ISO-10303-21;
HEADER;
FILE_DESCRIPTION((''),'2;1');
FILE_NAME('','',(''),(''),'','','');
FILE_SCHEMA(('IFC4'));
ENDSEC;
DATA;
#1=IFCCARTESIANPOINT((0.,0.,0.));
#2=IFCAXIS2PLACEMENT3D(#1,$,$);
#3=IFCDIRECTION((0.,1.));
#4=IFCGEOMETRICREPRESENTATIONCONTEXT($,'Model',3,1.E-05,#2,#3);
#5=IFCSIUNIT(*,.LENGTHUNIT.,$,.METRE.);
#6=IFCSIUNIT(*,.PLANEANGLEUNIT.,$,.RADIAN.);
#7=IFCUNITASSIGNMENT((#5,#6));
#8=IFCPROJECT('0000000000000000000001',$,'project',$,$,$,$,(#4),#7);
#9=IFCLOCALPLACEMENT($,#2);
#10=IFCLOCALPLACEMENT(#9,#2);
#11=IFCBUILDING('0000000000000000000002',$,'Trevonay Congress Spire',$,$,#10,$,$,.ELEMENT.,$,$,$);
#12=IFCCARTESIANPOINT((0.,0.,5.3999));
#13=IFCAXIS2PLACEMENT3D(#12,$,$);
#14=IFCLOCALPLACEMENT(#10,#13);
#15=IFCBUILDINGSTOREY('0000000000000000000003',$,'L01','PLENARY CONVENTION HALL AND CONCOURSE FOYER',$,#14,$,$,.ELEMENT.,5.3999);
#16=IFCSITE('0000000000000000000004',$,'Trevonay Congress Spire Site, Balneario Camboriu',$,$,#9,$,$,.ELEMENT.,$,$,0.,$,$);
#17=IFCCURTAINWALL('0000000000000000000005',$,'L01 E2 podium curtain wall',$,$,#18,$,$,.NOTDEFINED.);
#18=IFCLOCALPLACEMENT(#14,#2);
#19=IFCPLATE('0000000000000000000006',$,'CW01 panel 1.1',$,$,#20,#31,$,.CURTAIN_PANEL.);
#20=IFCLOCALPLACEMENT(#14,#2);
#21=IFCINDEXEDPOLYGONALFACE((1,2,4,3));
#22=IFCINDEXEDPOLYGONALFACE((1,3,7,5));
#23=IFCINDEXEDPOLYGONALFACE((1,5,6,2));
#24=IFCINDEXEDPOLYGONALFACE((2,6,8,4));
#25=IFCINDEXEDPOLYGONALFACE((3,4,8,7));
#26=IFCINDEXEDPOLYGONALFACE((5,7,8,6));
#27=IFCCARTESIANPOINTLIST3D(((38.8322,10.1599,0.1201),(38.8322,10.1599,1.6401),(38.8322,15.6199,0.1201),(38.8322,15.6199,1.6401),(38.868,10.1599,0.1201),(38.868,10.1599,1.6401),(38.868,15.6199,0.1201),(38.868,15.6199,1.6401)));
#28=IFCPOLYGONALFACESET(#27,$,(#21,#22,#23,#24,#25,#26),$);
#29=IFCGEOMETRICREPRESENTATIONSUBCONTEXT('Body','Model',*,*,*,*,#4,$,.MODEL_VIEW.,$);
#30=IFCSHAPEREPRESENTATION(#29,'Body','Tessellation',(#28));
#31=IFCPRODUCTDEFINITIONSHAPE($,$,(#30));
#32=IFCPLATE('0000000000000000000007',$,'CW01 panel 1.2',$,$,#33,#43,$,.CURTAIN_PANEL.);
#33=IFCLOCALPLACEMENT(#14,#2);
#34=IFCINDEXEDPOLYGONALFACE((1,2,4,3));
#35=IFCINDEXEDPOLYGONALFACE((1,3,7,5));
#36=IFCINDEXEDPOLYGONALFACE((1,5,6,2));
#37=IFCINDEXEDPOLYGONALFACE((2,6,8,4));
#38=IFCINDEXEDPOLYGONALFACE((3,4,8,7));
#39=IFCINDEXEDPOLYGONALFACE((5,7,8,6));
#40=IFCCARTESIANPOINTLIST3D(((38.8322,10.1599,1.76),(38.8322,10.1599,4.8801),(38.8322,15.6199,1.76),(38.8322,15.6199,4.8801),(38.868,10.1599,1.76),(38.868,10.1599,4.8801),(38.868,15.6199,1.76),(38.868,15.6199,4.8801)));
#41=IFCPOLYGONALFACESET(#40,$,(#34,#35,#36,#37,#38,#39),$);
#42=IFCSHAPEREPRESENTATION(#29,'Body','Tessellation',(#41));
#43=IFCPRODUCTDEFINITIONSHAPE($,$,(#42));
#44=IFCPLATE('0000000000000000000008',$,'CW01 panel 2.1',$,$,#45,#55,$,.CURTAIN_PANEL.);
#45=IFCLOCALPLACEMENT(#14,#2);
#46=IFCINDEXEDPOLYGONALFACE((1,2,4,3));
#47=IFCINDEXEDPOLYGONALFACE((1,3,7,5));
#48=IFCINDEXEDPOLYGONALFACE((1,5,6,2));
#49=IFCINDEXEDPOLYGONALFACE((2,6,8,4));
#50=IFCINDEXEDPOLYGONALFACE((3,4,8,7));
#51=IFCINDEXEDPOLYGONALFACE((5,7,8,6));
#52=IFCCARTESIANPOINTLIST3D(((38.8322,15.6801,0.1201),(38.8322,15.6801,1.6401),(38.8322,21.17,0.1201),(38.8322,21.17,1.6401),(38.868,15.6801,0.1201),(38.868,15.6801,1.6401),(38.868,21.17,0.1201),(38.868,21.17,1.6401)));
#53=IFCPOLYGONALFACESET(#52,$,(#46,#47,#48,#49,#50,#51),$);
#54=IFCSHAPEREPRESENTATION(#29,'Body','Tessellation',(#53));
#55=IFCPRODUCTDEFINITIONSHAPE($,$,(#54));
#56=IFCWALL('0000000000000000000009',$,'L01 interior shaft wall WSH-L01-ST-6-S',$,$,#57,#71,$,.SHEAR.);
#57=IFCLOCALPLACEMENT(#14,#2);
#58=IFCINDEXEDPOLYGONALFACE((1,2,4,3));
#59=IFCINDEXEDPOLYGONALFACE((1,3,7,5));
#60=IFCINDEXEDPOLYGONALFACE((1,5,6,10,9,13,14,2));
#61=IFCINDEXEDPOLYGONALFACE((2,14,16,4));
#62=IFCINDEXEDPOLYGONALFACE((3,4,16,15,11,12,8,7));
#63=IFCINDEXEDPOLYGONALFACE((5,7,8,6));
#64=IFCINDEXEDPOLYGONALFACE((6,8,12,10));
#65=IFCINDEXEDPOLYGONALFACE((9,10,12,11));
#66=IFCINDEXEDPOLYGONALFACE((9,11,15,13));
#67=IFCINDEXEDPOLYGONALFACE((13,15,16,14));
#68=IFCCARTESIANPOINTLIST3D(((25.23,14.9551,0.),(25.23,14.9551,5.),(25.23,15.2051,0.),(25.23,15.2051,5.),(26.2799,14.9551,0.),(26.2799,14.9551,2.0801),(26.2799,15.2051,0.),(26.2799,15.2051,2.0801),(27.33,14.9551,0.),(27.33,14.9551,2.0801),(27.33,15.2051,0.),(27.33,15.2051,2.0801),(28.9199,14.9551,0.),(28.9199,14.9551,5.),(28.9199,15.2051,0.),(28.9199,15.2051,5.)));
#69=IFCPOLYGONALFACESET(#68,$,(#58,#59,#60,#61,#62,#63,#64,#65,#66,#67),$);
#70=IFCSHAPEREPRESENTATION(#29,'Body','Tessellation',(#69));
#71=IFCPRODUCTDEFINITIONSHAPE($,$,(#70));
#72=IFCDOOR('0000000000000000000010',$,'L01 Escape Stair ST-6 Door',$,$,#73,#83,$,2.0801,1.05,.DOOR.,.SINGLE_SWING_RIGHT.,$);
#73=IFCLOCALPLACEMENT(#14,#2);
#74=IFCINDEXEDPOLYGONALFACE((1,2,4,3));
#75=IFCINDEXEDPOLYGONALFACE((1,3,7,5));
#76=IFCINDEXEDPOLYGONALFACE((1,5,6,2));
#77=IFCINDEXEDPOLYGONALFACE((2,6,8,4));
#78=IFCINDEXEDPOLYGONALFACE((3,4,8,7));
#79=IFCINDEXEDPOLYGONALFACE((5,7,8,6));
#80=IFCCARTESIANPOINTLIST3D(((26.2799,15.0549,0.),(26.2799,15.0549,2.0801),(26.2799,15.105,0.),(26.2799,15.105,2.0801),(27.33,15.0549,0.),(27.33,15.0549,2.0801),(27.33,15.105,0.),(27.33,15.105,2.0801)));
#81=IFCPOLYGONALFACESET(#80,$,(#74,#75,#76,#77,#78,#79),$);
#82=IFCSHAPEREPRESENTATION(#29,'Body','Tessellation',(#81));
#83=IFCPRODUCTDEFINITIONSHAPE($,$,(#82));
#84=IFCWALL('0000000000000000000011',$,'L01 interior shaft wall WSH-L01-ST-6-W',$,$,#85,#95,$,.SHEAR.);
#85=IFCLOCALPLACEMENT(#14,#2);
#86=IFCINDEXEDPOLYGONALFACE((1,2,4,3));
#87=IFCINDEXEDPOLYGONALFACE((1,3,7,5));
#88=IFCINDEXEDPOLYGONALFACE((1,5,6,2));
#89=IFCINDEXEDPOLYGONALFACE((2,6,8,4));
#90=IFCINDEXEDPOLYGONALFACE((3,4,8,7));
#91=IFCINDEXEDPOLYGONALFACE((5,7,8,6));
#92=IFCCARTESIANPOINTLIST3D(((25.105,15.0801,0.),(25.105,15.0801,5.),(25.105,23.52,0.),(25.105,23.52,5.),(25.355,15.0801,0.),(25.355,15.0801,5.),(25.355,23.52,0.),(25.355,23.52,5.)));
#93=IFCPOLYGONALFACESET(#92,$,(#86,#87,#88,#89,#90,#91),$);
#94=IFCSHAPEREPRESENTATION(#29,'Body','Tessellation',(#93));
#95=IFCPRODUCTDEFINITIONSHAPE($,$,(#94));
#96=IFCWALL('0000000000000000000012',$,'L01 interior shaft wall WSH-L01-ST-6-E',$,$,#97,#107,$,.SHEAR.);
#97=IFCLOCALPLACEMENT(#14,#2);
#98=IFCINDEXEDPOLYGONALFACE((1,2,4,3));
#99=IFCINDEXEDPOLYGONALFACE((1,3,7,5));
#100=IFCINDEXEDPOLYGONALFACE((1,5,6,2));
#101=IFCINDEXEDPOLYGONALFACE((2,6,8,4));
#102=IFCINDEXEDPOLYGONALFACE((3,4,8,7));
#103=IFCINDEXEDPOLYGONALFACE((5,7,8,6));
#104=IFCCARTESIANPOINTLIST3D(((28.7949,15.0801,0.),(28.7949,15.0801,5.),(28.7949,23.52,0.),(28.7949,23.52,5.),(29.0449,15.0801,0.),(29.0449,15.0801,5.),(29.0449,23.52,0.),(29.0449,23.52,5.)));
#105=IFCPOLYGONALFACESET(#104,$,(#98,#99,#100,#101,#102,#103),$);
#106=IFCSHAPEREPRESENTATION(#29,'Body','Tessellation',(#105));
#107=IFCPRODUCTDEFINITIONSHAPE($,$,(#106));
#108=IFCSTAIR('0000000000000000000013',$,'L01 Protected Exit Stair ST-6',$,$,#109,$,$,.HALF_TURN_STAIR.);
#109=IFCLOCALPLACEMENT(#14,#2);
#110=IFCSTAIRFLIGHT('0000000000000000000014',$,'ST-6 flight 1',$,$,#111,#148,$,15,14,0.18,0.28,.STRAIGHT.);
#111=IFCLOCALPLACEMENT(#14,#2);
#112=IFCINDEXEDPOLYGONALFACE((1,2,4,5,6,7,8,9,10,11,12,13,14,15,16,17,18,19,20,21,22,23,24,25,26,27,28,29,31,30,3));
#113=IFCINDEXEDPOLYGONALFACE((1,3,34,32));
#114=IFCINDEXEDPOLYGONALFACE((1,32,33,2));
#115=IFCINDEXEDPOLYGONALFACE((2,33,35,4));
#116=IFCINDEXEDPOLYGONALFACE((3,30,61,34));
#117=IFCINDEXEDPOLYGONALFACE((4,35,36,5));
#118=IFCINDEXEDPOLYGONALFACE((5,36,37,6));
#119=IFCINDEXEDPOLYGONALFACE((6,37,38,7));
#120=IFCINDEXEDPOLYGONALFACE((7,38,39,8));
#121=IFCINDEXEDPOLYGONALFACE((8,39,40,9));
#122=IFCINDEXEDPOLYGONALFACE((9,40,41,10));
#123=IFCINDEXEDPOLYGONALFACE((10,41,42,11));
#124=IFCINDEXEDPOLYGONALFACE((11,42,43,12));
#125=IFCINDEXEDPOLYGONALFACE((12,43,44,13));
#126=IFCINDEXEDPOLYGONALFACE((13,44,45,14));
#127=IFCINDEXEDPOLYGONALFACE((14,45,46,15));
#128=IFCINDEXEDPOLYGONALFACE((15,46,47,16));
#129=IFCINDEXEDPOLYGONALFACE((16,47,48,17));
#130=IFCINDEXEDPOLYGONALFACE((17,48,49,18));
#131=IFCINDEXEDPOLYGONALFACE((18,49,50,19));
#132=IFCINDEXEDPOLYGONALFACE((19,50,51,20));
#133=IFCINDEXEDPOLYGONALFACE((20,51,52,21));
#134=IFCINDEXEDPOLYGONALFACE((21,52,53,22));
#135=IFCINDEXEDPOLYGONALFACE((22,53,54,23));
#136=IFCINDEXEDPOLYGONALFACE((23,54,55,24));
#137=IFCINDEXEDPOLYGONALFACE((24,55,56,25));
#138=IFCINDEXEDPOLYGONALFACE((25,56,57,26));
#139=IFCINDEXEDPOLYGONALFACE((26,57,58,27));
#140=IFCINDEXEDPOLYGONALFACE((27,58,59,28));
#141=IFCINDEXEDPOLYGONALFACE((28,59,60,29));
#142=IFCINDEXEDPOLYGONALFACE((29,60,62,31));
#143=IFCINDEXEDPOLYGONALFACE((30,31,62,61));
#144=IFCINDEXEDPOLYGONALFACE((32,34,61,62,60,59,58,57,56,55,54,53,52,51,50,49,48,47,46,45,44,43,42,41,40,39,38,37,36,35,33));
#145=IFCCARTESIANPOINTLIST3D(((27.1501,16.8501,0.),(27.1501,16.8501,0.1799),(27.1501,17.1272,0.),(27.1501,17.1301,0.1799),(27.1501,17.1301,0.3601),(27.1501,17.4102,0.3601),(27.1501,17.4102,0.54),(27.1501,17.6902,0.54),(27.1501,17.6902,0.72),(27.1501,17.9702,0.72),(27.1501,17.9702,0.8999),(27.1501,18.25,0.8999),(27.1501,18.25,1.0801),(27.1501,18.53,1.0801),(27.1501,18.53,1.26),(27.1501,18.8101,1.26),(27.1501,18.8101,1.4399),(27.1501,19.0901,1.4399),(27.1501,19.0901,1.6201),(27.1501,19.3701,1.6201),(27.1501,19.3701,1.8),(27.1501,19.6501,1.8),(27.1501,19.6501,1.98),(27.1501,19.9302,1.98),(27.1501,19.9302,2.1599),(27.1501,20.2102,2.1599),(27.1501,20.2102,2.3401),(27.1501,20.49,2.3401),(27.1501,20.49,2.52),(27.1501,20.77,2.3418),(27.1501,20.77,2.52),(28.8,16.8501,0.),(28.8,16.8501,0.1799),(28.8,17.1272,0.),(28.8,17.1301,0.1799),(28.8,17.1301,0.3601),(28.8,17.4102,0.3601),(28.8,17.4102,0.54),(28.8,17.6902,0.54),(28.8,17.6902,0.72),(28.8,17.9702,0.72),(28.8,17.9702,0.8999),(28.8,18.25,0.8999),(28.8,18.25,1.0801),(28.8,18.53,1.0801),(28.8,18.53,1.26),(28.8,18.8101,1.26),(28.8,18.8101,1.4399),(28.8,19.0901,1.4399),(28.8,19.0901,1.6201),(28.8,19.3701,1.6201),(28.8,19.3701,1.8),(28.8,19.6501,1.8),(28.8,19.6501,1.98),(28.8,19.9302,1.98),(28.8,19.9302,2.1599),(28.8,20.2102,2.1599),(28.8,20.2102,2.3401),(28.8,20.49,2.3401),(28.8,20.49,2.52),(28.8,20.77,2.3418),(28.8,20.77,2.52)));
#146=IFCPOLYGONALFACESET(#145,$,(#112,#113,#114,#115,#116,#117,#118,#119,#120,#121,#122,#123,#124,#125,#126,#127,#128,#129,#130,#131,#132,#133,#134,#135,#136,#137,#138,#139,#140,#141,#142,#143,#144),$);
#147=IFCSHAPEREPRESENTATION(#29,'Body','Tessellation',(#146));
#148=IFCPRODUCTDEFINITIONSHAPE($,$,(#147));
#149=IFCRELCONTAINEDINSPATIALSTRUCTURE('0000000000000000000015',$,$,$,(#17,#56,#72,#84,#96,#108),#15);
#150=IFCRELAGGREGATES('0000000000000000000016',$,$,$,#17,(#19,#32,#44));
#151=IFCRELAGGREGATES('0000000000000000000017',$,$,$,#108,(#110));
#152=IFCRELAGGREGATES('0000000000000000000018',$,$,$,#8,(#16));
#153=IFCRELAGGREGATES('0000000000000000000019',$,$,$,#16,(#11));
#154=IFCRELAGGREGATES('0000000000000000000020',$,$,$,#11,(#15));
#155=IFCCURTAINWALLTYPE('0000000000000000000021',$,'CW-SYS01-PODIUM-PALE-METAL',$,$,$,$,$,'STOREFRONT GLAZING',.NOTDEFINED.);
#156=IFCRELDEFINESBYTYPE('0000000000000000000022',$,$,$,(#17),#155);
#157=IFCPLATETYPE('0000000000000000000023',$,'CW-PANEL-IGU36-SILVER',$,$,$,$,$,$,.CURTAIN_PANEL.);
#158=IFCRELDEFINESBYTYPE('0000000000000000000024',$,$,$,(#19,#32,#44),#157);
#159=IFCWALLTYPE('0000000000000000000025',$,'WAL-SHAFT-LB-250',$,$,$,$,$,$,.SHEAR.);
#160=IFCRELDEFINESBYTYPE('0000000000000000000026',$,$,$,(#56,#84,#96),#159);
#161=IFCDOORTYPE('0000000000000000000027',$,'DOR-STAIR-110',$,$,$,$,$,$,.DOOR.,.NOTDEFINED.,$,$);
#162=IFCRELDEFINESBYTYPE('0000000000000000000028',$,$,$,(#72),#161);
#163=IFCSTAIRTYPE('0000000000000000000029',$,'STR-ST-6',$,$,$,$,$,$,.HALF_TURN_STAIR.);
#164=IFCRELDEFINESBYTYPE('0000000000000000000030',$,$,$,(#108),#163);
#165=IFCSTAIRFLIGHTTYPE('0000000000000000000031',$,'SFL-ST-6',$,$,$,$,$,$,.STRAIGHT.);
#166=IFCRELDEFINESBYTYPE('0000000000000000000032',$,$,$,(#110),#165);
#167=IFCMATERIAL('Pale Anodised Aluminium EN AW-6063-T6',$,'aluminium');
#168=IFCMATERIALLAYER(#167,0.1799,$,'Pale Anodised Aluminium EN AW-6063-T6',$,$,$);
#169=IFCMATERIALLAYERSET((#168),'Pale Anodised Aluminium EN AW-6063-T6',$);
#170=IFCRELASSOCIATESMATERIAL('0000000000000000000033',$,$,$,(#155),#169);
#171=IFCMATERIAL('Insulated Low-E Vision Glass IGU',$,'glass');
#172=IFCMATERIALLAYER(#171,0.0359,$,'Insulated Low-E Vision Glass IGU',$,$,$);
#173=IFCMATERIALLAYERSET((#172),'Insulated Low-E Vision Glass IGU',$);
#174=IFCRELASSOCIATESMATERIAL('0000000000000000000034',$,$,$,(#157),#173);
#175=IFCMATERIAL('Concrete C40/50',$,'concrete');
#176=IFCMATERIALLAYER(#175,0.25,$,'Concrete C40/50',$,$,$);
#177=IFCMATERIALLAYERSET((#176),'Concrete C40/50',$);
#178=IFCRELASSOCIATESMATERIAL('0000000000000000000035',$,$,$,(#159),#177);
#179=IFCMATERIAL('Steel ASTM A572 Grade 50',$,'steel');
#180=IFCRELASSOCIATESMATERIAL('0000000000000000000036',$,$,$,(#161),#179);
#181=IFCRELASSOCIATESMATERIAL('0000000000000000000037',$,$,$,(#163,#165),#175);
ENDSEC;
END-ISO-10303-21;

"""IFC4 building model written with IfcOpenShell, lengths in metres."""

from ifc_helpers import new_model, si_unit, direction, frame, frame_2d, origin, origin_2d, place, context, subcontext, project, spatial, polyline, rectangle, outline, extrude, material, layer, layer_set, type_object, element, fill, aggregate, save


model = new_model("IFC4")

# Units and contexts
model_context = context("Model", 3, precision=1e-05, world=origin(), true_north=direction((0.0, 1.0)))
body_context = subcontext(model_context, "Body", "Model", "MODEL_VIEW")
ifc_project = project(units=[si_unit("LENGTHUNIT", "METRE"), si_unit("PLANEANGLEUNIT", "RADIAN")], contexts=[model_context])

# Site, building, storey
site_placement = place(None, origin())
site = spatial("IfcSite", under=ifc_project, at=site_placement, Name="Trevonay Congress Spire Site, Balneario Camboriu", CompositionType="ELEMENT", RefElevation=0.0)
building_placement = place(site_placement, origin())
building = spatial("IfcBuilding", under=site, at=building_placement, Name="Trevonay Congress Spire", CompositionType="ELEMENT")
storey_placement = place(building_placement, frame((0.0, 0.0, 5.3999)))
storey = spatial("IfcBuildingStorey", under=building, at=storey_placement, Name="L01", Description="PLENARY CONVENTION HALL AND CONCOURSE FOYER", CompositionType="ELEMENT", Elevation=5.3999)

# Shared definitions
ifc_material_1 = material(Name="Steel ASTM A572 Grade 50", Category="steel")

# Curtain wall, plates
ifc_material_2 = material(Name="Pale Anodised Aluminium EN AW-6063-T6", Category="aluminium")
ifc_layer_1 = layer(ifc_material_2, 0.1799, Name="Pale Anodised Aluminium EN AW-6063-T6")
ifc_layer_set_1 = layer_set([ifc_layer_1], Name="Pale Anodised Aluminium EN AW-6063-T6")
curtain_wall_type = type_object("IfcCurtainWallType", Name="CW-SYS01-PODIUM-PALE-METAL", ElementType="STOREFRONT GLAZING", PredefinedType="NOTDEFINED", material=ifc_layer_set_1)
curtain_wall_placement = place(storey_placement, origin())
curtain_wall = element("IfcCurtainWall", 1, at=curtain_wall_placement, inside=storey, type_object=curtain_wall_type, Name="L01 E2 podium curtain wall", PredefinedType="NOTDEFINED")
ifc_material_3 = material(Name="Insulated Low-E Vision Glass IGU", Category="glass")
ifc_layer_2 = layer(ifc_material_3, 0.0359, Name="Insulated Low-E Vision Glass IGU")
ifc_layer_set_2 = layer_set([ifc_layer_2], Name="Insulated Low-E Vision Glass IGU")
plate_type = type_object("IfcPlateType", Name="CW-PANEL-IGU36-SILVER", PredefinedType="CURTAIN_PANEL", material=ifc_layer_set_2)
plate_1_placement = place(storey_placement, frame((38.8501, 12.8899, 0.1201), z_axis=(0.0, 0.0, 1.0), x_axis=(0.0, 1.0, 0.0)))
plate_1 = element("IfcPlate", 2, at=plate_1_placement, type_object=plate_type, Name="CW01 panel 1.1", PredefinedType="CURTAIN_PANEL", context=body_context, shape_type="SweptSolid", body=[
    extrude(rectangle(XDim=5.46, YDim=0.0359, at=origin_2d()), origin(), (0.0, 0.0, 1.0), 1.52),
])
plate_2_placement = place(storey_placement, frame((38.8501, 12.8899, 1.76), z_axis=(0.0, 0.0, 1.0), x_axis=(0.0, 1.0, 0.0)))
plate_2 = element("IfcPlate", 3, at=plate_2_placement, type_object=plate_type, Name="CW01 panel 1.2", PredefinedType="CURTAIN_PANEL", context=body_context, shape_type="SweptSolid", body=[
    extrude(rectangle(XDim=5.46, YDim=0.0359, at=origin_2d()), origin(), (0.0, 0.0, 1.0), 3.1201),
])
plate_3_placement = place(storey_placement, frame((38.8501, 18.425, 0.1201), z_axis=(0.0, 0.0, 1.0), x_axis=(0.0, 1.0, 0.0)))
plate_3 = element("IfcPlate", 4, at=plate_3_placement, type_object=plate_type, Name="CW01 panel 2.1", PredefinedType="CURTAIN_PANEL", context=body_context, shape_type="SweptSolid", body=[
    extrude(rectangle(XDim=5.49, YDim=0.0359, at=origin_2d()), origin(), (0.0, 0.0, 1.0), 1.52),
])
aggregate(curtain_wall, [plate_1, plate_2, plate_3])

# Wall, opening, door
ifc_material_4 = material(Name="Concrete C40/50", Category="concrete")
ifc_layer_3 = layer(ifc_material_4, 0.25, Name="Concrete C40/50")
ifc_layer_set_3 = layer_set([ifc_layer_3], Name="Concrete C40/50")
wall_type = type_object("IfcWallType", Name="WAL-SHAFT-LB-250", PredefinedType="SHEAR", material=ifc_layer_set_3)
wall_placement = place(storey_placement, frame((25.23, 15.0801, 0.0), z_axis=(0.0, 0.0, 1.0), x_axis=(1.0, 0.0, 0.0)))
wall = element("IfcWall", 5, at=wall_placement, inside=storey, type_object=wall_type, Name="L01 interior shaft wall WSH-L01-ST-6-S", PredefinedType="SHEAR", context=body_context, shape_type="SweptSolid", body=[
    extrude(rectangle(XDim=3.6899, YDim=0.25, at=frame_2d((1.845, 0.0))), origin(), (0.0, 0.0, 1.0), 5.0),
])
opening_placement = place(wall_placement, frame((1.05, 0.0, 0.0)))
opening = element("IfcOpeningElement", 6, at=opening_placement, cuts=wall, PredefinedType="OPENING", context=body_context, shape_type="SweptSolid", body=[
    extrude(rectangle(XDim=1.05, YDim=2.0801, at=frame_2d((0.5249, 1.04))), frame((0.0, 0.135, 0.0), z_axis=(0.0, -1.0, 0.0), x_axis=(1.0, 0.0, 0.0)), (0.0, 0.0, 1.0), 0.27),
])
door_type = type_object("IfcDoorType", Name="DOR-STAIR-110", OperationType="NOTDEFINED", PredefinedType="DOOR", material=ifc_material_1)
door_placement = place(opening_placement, origin())
door = element("IfcDoor", 7, at=door_placement, inside=storey, type_object=door_type, Name="L01 Escape Stair ST-6 Door", OperationType="SINGLE_SWING_RIGHT", OverallHeight=2.0801, OverallWidth=1.05, PredefinedType="DOOR", context=body_context, shape_type="SweptSolid", body=[
    extrude(rectangle(XDim=1.05, YDim=2.0801, at=frame_2d((0.5249, 1.04))), frame((0.0, 0.0249, 0.0), z_axis=(0.0, -1.0, 0.0), x_axis=(1.0, 0.0, 0.0)), (0.0, 0.0, 1.0), 0.05),
])
fill(opening, door)

# Walls
for number, where, z_axis, x_axis, name in (
    (8, (25.23, 15.0801, 0.0), (0.0, 0.0, 1.0), (0.0, 1.0, 0.0), "L01 interior shaft wall WSH-L01-ST-6-W"),
    (9, (28.9199, 15.0801, 0.0), (0.0, 0.0, 1.0), (0.0, 1.0, 0.0), "L01 interior shaft wall WSH-L01-ST-6-E"),
):
    element("IfcWall", number, at=place(storey_placement, frame(where, z_axis=z_axis, x_axis=x_axis)), inside=storey, type_object=wall_type, Name=name, PredefinedType="SHEAR", context=body_context, shape_type="SweptSolid", body=[
        extrude(rectangle(XDim=8.4399, YDim=0.25, at=frame_2d((4.22, 0.0))), origin(), (0.0, 0.0, 1.0), 5.0),
    ])

# Stair, stair flight
stair_type = type_object("IfcStairType", Name="STR-ST-6", PredefinedType="HALF_TURN_STAIR", material=ifc_material_4)
stair_placement = place(storey_placement, origin())
stair = element("IfcStair", 10, at=stair_placement, inside=storey, type_object=stair_type, Name="L01 Protected Exit Stair ST-6", PredefinedType="HALF_TURN_STAIR")
stair_flight_type = type_object("IfcStairFlightType", Name="SFL-ST-6", PredefinedType="STRAIGHT", material=ifc_material_4)
stair_flight_placement = place(storey_placement, frame((27.9751, 16.8501, 0.0), z_axis=(0.0, 0.0, 1.0), x_axis=(0.0, 1.0, 0.0)))
stair_flight = element("IfcStairFlight", 11, at=stair_flight_placement, type_object=stair_flight_type, Name="ST-6 flight 1", NumberOfRisers=15, NumberOfTreads=14, PredefinedType="STRAIGHT", RiserHeight=0.18, TreadLength=0.28, context=body_context, shape_type="SweptSolid", body=[
    extrude(outline(polyline([(0.0, 0.0), (0.0, 0.1799), (0.28, 0.1799), (0.28, 0.3601), (0.5601, 0.3601), (0.5601, 0.54), (0.8401, 0.54), (0.8401, 0.72), (1.1201, 0.72), (1.1201, 0.8999), (1.3999, 0.8999), (1.3999, 1.0801), (1.6799, 1.0801), (1.6799, 1.26), (1.96, 1.26), (1.96, 1.4399), (2.24, 1.4399), (2.24, 1.6201), (2.52, 1.6201), (2.52, 1.8), (2.8, 1.8), (2.8, 1.98), (3.0801, 1.98), (3.0801, 2.1599), (3.3601, 2.1599), (3.3601, 2.3401), (3.6399, 2.3401), (3.6399, 2.52), (3.9199, 2.52), (3.9199, 2.7), (3.9199, 2.3418), (0.2771, 0.0), (0.0, 0.0)])), frame((0.0, 0.825, 0.0), z_axis=(0.0, -1.0, 0.0), x_axis=(1.0, 0.0, 0.0)), (0.0, 0.0, 1.0), 1.6499),
])
aggregate(stair, [stair_flight])

save(model, "model.ifc")
